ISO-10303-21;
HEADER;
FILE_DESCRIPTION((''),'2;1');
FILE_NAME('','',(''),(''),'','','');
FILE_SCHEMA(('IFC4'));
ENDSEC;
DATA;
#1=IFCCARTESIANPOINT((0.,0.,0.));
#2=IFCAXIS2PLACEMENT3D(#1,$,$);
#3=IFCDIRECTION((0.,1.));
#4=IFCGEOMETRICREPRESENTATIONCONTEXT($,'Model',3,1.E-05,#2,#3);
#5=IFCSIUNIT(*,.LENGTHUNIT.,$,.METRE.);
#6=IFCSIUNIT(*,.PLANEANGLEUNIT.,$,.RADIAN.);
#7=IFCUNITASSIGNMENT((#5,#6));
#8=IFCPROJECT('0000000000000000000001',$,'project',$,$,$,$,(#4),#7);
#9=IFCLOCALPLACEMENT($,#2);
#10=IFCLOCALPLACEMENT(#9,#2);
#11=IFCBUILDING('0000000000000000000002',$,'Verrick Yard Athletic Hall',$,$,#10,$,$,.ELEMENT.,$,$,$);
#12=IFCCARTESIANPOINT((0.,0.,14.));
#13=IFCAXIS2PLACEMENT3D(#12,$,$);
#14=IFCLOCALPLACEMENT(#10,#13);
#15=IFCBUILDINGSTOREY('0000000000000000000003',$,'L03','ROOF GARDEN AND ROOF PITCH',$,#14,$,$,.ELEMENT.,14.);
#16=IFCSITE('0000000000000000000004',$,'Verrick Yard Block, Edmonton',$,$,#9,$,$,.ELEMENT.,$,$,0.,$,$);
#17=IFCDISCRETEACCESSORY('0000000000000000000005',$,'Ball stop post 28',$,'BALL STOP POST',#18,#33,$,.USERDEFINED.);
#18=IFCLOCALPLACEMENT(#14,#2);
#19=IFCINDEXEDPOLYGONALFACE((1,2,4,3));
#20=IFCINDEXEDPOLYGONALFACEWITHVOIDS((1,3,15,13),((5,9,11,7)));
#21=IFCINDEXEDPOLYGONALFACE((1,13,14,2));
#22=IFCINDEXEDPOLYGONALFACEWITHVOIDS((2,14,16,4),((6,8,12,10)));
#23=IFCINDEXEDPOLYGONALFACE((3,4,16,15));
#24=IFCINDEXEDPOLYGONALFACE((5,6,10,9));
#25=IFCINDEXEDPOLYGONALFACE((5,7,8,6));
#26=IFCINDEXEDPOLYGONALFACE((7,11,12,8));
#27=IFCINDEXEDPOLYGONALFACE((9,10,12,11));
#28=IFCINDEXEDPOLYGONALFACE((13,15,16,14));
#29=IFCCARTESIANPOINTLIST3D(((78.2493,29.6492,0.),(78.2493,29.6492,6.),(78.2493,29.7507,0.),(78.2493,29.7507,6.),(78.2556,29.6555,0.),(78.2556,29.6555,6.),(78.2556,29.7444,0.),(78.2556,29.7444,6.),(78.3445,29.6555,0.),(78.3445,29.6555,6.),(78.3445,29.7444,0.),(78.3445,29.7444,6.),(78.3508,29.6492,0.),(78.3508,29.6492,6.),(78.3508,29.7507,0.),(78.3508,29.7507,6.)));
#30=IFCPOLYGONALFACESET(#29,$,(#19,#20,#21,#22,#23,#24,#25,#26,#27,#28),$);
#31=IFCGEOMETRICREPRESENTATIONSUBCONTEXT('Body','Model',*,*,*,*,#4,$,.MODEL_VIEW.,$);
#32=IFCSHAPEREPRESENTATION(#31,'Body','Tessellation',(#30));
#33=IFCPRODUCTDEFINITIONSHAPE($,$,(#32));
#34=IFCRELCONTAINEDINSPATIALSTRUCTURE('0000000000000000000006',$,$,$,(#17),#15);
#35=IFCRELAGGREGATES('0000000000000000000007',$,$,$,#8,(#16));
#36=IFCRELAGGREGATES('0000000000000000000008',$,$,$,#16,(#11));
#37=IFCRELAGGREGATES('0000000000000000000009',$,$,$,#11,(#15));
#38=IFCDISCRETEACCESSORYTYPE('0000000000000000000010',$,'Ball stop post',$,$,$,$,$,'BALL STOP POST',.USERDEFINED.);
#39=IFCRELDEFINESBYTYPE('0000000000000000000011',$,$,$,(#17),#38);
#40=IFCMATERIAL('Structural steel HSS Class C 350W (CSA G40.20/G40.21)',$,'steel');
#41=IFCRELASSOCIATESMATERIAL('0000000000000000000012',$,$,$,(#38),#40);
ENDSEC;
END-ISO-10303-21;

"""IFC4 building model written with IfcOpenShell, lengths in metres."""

from ifc_helpers import new_model, si_unit, direction, frame, origin, origin_2d, place, context, subcontext, project, spatial, hollow_rectangle, extrude, material, type_object, element, save


model = new_model("IFC4")

# Units and contexts
model_context = context("Model", 3, precision=1e-05, world=origin(), true_north=direction((0.0, 1.0)))
body_context = subcontext(model_context, "Body", "Model", "MODEL_VIEW")
ifc_project = project(units=[si_unit("LENGTHUNIT", "METRE"), si_unit("PLANEANGLEUNIT", "RADIAN")], contexts=[model_context])

# Site, building, storey
site_placement = place(None, origin())
site = spatial("IfcSite", under=ifc_project, at=site_placement, Name="Verrick Yard Block, Edmonton", CompositionType="ELEMENT", RefElevation=0.0)
building_placement = place(site_placement, origin())
building = spatial("IfcBuilding", under=site, at=building_placement, Name="Verrick Yard Athletic Hall", CompositionType="ELEMENT")
storey_placement = place(building_placement, frame((0.0, 0.0, 14.0)))
storey = spatial("IfcBuildingStorey", under=building, at=storey_placement, Name="L03", Description="ROOF GARDEN AND ROOF PITCH", CompositionType="ELEMENT", Elevation=14.0)

# Discrete accessory
ifc_material_1 = material(Name="Structural steel HSS Class C 350W (CSA G40.20/G40.21)", Category="steel")
discrete_accessory_type = type_object("IfcDiscreteAccessoryType", Name="Ball stop post", ElementType="BALL STOP POST", PredefinedType="USERDEFINED", material=ifc_material_1)
for number, where, z_axis, x_axis, name in (
    (1, (78.3, 29.7, 0.0), (0.0, 0.0, 1.0), (1.0, 0.0, 0.0), "Ball stop post 28"),
):
    element("IfcDiscreteAccessory", number, at=place(storey_placement, frame(where, z_axis=z_axis, x_axis=x_axis)), inside=storey, type_object=discrete_accessory_type, Name=name, ObjectType="BALL STOP POST", PredefinedType="USERDEFINED", context=body_context, shape_type="SweptSolid", body=[
        extrude(hollow_rectangle(XDim=0.1016, YDim=0.1016, WallThickness=0.0063, at=origin_2d()), origin(), (0.0, 0.0, 1.0), 6.0),
    ])

save(model, "model.ifc")
